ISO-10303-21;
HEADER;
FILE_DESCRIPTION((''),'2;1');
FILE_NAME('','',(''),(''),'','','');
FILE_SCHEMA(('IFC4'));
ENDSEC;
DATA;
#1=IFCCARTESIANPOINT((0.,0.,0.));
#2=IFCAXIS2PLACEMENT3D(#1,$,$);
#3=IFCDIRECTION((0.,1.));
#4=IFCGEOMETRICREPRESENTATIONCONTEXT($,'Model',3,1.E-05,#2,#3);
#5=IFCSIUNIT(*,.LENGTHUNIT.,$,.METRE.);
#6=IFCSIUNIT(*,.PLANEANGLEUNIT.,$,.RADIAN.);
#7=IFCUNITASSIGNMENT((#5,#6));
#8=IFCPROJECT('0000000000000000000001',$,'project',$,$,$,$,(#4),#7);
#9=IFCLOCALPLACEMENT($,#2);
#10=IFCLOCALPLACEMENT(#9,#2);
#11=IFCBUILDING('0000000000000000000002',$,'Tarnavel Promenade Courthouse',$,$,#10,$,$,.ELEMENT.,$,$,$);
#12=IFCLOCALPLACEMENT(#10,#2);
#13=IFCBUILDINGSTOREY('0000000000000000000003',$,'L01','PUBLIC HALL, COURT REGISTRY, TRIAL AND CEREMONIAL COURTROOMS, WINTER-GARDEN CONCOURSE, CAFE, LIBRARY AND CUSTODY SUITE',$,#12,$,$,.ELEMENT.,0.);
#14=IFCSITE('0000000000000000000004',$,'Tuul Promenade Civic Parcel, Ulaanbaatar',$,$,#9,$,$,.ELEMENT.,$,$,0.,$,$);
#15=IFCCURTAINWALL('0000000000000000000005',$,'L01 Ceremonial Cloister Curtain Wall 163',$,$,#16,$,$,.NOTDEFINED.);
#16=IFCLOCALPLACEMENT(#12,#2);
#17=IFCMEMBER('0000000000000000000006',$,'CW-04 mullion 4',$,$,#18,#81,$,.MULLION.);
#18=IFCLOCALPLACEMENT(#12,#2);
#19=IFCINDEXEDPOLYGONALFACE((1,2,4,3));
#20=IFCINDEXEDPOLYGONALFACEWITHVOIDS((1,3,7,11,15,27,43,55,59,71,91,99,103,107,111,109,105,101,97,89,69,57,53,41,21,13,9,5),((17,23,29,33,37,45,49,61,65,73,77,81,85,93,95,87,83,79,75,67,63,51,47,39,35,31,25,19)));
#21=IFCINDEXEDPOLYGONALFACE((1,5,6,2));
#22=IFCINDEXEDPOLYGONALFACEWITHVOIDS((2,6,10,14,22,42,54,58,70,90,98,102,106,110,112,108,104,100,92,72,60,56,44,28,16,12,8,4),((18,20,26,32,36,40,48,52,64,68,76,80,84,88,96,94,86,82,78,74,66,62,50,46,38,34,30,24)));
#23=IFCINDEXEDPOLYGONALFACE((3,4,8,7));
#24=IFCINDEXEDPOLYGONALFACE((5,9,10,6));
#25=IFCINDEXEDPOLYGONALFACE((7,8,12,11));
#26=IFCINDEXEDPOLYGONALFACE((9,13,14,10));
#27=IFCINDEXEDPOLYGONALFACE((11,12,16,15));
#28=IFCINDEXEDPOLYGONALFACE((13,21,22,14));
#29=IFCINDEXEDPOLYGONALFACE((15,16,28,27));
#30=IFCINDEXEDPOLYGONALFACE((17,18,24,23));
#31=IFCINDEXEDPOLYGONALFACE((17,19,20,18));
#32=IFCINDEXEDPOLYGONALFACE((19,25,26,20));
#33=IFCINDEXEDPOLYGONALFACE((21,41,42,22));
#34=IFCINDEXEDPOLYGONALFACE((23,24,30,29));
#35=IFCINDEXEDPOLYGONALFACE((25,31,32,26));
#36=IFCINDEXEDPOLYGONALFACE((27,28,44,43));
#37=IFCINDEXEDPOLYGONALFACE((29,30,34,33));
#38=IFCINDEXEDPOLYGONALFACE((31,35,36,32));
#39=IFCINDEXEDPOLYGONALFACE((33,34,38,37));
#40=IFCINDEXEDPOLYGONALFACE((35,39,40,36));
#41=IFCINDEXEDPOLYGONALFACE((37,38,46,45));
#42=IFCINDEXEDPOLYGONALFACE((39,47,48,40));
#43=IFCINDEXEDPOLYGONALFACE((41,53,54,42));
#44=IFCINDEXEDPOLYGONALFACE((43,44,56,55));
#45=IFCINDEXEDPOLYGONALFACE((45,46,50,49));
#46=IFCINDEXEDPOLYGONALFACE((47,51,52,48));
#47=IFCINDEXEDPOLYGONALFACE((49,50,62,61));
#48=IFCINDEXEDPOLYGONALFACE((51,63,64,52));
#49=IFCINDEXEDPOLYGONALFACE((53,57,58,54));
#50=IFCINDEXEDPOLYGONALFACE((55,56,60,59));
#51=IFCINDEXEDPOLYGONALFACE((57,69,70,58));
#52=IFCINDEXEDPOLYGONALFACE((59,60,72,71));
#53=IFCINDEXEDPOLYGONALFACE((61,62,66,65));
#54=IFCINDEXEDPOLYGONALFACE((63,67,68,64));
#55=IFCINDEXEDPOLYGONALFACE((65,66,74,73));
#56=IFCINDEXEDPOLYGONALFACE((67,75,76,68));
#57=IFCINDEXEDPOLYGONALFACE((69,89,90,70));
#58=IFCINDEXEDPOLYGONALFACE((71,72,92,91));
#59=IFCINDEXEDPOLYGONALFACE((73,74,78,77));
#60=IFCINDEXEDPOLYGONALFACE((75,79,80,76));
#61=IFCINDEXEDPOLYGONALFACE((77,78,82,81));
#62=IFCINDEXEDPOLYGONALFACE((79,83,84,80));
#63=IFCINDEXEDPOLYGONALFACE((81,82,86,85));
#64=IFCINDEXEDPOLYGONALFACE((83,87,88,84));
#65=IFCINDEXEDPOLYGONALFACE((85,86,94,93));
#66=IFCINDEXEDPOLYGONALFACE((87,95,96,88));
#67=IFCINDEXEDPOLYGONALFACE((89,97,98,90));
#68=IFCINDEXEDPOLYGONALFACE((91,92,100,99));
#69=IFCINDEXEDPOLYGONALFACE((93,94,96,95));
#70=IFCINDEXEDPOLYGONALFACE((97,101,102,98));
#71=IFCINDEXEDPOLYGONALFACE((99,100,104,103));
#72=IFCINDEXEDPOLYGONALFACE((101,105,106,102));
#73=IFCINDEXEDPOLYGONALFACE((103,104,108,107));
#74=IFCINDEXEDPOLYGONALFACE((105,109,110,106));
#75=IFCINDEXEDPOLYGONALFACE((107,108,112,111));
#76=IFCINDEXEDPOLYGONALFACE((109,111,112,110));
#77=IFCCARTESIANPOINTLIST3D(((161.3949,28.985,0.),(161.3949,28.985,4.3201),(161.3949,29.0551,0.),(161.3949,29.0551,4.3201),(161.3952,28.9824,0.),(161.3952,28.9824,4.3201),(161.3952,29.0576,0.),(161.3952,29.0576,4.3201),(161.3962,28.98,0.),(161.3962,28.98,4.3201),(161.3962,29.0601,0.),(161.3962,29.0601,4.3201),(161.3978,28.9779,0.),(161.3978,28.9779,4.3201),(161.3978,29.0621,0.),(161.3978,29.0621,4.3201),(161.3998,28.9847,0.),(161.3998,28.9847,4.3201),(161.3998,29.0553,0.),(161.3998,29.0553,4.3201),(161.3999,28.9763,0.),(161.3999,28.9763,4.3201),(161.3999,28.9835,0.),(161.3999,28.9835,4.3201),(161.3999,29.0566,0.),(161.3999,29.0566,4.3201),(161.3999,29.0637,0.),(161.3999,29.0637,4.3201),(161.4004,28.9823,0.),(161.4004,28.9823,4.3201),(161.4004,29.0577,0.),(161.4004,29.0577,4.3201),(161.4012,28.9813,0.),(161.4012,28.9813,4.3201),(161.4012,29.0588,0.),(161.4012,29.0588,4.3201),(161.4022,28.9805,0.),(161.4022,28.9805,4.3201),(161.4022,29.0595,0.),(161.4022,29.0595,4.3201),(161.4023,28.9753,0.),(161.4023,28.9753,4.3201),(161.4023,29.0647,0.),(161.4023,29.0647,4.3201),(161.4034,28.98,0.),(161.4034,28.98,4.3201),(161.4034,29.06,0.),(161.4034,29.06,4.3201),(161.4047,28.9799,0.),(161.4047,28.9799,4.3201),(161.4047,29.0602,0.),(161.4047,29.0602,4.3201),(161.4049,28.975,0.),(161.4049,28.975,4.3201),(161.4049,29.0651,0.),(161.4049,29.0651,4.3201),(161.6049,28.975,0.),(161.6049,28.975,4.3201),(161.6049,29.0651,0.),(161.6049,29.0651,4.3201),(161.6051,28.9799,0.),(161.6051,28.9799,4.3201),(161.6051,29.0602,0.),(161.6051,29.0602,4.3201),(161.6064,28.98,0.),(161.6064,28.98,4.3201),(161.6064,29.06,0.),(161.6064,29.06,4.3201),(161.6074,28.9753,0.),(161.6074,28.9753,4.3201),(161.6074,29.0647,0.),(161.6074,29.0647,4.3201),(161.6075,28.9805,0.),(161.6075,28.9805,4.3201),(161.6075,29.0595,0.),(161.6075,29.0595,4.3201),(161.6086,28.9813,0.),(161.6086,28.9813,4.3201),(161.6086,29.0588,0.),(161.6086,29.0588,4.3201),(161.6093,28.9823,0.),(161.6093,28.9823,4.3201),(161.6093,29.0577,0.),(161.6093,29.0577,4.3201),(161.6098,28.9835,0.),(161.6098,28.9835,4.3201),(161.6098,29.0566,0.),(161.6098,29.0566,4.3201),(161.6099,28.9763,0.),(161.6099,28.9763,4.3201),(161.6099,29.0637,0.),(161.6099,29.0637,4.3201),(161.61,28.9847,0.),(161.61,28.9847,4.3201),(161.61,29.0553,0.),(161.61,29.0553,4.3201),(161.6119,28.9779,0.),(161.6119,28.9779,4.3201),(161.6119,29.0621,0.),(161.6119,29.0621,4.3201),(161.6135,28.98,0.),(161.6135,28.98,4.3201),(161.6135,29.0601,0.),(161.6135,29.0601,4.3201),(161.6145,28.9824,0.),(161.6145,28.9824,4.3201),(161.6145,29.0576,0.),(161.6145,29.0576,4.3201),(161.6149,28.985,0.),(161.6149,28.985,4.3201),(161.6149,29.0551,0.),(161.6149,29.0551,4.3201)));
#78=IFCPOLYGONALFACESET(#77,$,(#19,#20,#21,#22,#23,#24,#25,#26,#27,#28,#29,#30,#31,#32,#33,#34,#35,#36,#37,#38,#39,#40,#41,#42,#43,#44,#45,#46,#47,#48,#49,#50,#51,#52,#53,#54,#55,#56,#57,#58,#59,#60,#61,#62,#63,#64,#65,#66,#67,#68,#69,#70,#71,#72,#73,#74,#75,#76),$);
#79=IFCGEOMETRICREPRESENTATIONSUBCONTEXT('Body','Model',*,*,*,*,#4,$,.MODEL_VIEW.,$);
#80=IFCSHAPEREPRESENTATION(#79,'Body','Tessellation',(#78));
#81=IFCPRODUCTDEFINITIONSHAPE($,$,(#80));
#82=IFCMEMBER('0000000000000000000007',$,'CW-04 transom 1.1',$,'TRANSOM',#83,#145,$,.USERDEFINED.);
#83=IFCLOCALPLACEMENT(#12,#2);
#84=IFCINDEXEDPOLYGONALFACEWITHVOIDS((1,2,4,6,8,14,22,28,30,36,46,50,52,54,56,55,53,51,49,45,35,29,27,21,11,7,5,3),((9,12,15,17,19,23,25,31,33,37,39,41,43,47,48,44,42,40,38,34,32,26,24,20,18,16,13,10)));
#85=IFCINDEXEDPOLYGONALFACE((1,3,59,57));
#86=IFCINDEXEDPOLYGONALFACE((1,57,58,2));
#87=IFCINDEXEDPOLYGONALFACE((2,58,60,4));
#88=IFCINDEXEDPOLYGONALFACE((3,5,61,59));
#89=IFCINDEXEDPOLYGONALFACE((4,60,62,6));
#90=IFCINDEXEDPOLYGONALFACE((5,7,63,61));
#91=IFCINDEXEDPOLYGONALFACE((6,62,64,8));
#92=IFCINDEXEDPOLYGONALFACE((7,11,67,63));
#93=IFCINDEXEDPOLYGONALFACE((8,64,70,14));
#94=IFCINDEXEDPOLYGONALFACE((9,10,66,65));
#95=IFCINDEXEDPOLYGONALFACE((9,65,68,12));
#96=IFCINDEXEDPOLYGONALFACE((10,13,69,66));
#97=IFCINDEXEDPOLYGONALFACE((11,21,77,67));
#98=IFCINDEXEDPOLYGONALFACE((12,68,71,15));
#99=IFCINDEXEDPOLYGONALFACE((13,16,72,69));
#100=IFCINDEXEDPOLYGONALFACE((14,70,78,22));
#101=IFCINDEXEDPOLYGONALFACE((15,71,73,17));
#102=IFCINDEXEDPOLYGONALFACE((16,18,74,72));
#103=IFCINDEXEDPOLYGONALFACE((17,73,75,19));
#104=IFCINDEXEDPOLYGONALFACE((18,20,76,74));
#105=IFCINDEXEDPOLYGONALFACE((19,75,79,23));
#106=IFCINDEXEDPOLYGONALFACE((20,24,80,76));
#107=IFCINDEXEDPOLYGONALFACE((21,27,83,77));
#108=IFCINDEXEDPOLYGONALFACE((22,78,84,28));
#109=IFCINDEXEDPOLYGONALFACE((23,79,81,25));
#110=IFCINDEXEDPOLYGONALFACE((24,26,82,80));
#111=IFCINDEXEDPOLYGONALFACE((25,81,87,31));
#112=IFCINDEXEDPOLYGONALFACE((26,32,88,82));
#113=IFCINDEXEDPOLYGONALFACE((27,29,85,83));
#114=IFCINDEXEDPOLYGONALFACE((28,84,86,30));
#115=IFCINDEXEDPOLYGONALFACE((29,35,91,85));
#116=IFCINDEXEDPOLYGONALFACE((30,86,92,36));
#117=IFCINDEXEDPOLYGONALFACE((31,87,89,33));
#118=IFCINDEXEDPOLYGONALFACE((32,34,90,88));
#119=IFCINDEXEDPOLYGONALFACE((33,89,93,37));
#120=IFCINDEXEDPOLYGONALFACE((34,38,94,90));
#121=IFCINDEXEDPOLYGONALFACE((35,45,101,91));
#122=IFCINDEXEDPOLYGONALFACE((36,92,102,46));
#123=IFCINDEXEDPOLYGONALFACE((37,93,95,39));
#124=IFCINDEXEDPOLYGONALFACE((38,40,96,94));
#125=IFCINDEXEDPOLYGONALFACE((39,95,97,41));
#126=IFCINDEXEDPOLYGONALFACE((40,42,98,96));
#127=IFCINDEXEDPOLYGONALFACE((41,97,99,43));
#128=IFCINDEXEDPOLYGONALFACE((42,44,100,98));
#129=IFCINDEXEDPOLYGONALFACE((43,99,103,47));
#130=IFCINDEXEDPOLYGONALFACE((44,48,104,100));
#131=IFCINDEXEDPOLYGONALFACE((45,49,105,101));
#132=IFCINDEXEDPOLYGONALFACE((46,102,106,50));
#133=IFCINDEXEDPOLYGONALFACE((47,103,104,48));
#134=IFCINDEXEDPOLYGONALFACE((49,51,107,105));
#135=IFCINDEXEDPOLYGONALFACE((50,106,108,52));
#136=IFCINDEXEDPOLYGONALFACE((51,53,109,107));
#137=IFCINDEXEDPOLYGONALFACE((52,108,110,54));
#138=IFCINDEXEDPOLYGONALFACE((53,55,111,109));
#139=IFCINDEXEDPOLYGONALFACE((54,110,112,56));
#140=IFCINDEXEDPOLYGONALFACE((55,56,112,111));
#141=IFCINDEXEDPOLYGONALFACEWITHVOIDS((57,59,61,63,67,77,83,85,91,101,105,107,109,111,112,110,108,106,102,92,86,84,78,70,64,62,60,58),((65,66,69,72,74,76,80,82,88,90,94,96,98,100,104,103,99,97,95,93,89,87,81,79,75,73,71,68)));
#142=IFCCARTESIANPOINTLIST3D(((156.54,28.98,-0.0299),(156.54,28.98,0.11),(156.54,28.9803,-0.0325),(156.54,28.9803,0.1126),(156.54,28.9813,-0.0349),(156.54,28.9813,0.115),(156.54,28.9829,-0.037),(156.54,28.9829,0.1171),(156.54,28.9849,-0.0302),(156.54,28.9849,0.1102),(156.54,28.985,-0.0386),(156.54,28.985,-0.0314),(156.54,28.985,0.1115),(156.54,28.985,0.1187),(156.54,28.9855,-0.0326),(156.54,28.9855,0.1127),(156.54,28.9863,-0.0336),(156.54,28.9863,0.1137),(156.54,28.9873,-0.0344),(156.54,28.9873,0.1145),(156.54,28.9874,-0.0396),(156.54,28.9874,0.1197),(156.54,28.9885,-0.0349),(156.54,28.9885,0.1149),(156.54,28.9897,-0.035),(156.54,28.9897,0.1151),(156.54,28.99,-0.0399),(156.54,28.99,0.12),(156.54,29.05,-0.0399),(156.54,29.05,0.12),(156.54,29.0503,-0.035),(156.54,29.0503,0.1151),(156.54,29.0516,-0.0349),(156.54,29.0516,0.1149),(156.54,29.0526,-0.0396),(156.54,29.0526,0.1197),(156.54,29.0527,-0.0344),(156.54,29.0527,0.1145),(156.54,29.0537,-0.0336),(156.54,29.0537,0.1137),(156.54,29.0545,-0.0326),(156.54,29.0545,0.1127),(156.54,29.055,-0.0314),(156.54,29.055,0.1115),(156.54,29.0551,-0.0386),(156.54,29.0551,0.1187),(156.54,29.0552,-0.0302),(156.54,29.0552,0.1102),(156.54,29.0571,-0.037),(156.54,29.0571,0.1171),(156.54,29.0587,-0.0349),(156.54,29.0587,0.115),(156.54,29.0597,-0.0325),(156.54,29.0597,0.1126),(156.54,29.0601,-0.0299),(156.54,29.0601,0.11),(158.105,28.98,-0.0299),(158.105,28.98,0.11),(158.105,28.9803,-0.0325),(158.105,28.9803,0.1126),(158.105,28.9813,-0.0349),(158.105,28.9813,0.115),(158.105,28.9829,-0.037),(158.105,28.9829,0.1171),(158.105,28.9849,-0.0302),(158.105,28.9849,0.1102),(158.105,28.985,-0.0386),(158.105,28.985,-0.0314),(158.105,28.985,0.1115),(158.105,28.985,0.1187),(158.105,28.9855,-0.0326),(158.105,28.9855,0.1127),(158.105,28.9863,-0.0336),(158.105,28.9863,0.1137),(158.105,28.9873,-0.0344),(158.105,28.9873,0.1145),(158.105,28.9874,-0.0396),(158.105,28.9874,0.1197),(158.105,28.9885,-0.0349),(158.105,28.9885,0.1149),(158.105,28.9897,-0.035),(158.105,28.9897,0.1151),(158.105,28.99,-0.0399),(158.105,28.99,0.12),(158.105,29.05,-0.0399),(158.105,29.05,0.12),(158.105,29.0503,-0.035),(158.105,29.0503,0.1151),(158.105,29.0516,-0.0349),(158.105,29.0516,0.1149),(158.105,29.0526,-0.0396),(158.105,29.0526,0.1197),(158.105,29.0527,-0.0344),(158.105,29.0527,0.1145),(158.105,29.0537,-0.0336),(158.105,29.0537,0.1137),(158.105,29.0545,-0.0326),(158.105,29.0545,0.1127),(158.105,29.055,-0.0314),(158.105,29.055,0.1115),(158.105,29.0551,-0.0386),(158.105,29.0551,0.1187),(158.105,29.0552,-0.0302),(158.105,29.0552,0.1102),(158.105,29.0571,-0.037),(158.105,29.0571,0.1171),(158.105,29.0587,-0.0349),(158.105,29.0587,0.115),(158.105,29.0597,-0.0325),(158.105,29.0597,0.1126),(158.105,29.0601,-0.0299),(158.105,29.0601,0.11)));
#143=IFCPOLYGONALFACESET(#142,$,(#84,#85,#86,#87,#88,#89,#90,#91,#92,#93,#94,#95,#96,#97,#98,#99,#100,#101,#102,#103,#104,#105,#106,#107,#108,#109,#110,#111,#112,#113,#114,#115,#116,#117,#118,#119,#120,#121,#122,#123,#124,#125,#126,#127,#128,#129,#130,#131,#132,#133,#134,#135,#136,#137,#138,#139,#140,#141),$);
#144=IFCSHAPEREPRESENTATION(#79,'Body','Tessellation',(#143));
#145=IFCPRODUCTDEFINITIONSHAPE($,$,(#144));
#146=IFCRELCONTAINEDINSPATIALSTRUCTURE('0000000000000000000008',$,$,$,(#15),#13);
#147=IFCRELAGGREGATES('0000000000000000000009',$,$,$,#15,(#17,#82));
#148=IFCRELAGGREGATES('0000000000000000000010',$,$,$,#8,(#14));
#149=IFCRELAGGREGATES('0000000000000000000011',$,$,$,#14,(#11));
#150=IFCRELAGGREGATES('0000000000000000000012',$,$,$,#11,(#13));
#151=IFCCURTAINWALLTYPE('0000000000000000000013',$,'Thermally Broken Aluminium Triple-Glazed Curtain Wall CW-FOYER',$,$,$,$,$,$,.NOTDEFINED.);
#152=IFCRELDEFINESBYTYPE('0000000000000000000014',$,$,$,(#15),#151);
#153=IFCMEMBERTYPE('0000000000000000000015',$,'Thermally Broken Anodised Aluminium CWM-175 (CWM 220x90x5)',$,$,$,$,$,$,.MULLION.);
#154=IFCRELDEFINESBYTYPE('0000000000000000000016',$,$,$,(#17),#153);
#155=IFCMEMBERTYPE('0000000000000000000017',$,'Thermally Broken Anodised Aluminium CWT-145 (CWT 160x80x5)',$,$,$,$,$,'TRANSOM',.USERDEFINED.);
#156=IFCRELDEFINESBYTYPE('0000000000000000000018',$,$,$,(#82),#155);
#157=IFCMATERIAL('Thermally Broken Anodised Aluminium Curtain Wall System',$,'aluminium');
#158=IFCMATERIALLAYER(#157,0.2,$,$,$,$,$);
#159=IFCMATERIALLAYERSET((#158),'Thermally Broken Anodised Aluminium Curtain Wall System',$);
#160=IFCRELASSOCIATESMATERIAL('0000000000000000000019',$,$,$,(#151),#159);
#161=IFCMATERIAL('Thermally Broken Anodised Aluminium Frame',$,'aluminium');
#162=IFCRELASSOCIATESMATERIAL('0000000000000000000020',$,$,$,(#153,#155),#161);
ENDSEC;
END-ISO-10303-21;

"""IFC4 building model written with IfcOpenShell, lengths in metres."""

from ifc_helpers import new_model, si_unit, direction, frame, origin, origin_2d, place, context, subcontext, project, spatial, hollow_rectangle, extrude, material, layer, layer_set, material_profile, profile_set, type_object, element, aggregate, save


model = new_model("IFC4")

# Units and contexts
model_context = context("Model", 3, precision=1e-05, world=origin(), true_north=direction((0.0, 1.0)))
body_context = subcontext(model_context, "Body", "Model", "MODEL_VIEW")
ifc_project = project(units=[si_unit("LENGTHUNIT", "METRE"), si_unit("PLANEANGLEUNIT", "RADIAN")], contexts=[model_context])

# Site, building, storey
site_placement = place(None, origin())
site = spatial("IfcSite", under=ifc_project, at=site_placement, Name="Tuul Promenade Civic Parcel, Ulaanbaatar", CompositionType="ELEMENT", RefElevation=0.0)
building_placement = place(site_placement, origin())
building = spatial("IfcBuilding", under=site, at=building_placement, Name="Tarnavel Promenade Courthouse", CompositionType="ELEMENT")
storey_placement = place(building_placement, origin())
storey = spatial("IfcBuildingStorey", under=building, at=storey_placement, Name="L01", Description="PUBLIC HALL, COURT REGISTRY, TRIAL AND CEREMONIAL COURTROOMS, WINTER-GARDEN CONCOURSE, CAFE, LIBRARY AND CUSTODY SUITE", CompositionType="ELEMENT", Elevation=0.0)

# Shared definitions
ifc_material_1 = material(Name="Thermally Broken Anodised Aluminium Curtain Wall System", Category="aluminium")
ifc_layer_1 = layer(ifc_material_1, 0.2)
ifc_layer_set_1 = layer_set([ifc_layer_1], Name="Thermally Broken Anodised Aluminium Curtain Wall System")
curtain_wall_type = type_object("IfcCurtainWallType", Name="Thermally Broken Aluminium Triple-Glazed Curtain Wall CW-FOYER", PredefinedType="NOTDEFINED", material=ifc_layer_set_1)
ifc_material_2 = material(Name="Thermally Broken Anodised Aluminium Frame", Category="aluminium")
ifc_material_profile_1 = material_profile(ifc_material_2, hollow_rectangle(XDim=0.0901, YDim=0.22, WallThickness=0.0049, InnerFilletRadius=0.0049, OuterFilletRadius=0.01, at=origin_2d()), Name="CWM 220x90x5")
ifc_profile_set_1 = profile_set([ifc_material_profile_1], Name="Thermally Broken Anodised Aluminium Frame")
member_type_1 = type_object("IfcMemberType", Name="Thermally Broken Anodised Aluminium CWM-175 (CWM 220x90x5)", PredefinedType="MULLION", material=ifc_profile_set_1)

# Curtain wall, members
curtain_wall_1_placement = place(storey_placement, origin())
curtain_wall_1 = element("IfcCurtainWall", 1, at=curtain_wall_1_placement, inside=storey, type_object=curtain_wall_type, Name="L01 Ceremonial Cloister Curtain Wall 163", PredefinedType="NOTDEFINED")
member_1_placement = place(storey_placement, frame((161.5049, 29.02, 0.0), z_axis=(0.0, 0.0, 1.0), x_axis=(0.0, 1.0, 0.0)))
member_1 = element("IfcMember", 2, at=member_1_placement, type_object=member_type_1, Name="CW-04 mullion 4", PredefinedType="MULLION", context=body_context, shape_type="SweptSolid", body=[
    extrude(hollow_rectangle(XDim=0.0901, YDim=0.22, WallThickness=0.0049, InnerFilletRadius=0.0049, OuterFilletRadius=0.01, at=origin_2d()), origin(), (0.0, 0.0, 1.0), 4.3201),
])
ifc_material_profile_2 = material_profile(ifc_material_2, hollow_rectangle(XDim=0.0801, YDim=0.1599, WallThickness=0.0049, InnerFilletRadius=0.0049, OuterFilletRadius=0.01, at=origin_2d()), Name="CWT 160x80x5")
ifc_profile_set_2 = profile_set([ifc_material_profile_2], Name="Thermally Broken Anodised Aluminium Frame")
member_type_2 = type_object("IfcMemberType", Name="Thermally Broken Anodised Aluminium CWT-145 (CWT 160x80x5)", ElementType="TRANSOM", PredefinedType="USERDEFINED", material=ifc_profile_set_2)
member_2_placement = place(storey_placement, frame((156.54, 29.02, 0.04), z_axis=(1.0, 0.0, 0.0), x_axis=(0.0, 1.0, 0.0)))
member_2 = element("IfcMember", 3, at=member_2_placement, type_object=member_type_2, Name="CW-04 transom 1.1", ObjectType="TRANSOM", PredefinedType="USERDEFINED", context=body_context, shape_type="SweptSolid", body=[
    extrude(hollow_rectangle(XDim=0.0801, YDim=0.1599, WallThickness=0.0049, InnerFilletRadius=0.0049, OuterFilletRadius=0.01, at=origin_2d()), origin(), (0.0, 0.0, 1.0), 1.5649),
])
aggregate(curtain_wall_1, [member_1, member_2])

save(model, "model.ifc")
